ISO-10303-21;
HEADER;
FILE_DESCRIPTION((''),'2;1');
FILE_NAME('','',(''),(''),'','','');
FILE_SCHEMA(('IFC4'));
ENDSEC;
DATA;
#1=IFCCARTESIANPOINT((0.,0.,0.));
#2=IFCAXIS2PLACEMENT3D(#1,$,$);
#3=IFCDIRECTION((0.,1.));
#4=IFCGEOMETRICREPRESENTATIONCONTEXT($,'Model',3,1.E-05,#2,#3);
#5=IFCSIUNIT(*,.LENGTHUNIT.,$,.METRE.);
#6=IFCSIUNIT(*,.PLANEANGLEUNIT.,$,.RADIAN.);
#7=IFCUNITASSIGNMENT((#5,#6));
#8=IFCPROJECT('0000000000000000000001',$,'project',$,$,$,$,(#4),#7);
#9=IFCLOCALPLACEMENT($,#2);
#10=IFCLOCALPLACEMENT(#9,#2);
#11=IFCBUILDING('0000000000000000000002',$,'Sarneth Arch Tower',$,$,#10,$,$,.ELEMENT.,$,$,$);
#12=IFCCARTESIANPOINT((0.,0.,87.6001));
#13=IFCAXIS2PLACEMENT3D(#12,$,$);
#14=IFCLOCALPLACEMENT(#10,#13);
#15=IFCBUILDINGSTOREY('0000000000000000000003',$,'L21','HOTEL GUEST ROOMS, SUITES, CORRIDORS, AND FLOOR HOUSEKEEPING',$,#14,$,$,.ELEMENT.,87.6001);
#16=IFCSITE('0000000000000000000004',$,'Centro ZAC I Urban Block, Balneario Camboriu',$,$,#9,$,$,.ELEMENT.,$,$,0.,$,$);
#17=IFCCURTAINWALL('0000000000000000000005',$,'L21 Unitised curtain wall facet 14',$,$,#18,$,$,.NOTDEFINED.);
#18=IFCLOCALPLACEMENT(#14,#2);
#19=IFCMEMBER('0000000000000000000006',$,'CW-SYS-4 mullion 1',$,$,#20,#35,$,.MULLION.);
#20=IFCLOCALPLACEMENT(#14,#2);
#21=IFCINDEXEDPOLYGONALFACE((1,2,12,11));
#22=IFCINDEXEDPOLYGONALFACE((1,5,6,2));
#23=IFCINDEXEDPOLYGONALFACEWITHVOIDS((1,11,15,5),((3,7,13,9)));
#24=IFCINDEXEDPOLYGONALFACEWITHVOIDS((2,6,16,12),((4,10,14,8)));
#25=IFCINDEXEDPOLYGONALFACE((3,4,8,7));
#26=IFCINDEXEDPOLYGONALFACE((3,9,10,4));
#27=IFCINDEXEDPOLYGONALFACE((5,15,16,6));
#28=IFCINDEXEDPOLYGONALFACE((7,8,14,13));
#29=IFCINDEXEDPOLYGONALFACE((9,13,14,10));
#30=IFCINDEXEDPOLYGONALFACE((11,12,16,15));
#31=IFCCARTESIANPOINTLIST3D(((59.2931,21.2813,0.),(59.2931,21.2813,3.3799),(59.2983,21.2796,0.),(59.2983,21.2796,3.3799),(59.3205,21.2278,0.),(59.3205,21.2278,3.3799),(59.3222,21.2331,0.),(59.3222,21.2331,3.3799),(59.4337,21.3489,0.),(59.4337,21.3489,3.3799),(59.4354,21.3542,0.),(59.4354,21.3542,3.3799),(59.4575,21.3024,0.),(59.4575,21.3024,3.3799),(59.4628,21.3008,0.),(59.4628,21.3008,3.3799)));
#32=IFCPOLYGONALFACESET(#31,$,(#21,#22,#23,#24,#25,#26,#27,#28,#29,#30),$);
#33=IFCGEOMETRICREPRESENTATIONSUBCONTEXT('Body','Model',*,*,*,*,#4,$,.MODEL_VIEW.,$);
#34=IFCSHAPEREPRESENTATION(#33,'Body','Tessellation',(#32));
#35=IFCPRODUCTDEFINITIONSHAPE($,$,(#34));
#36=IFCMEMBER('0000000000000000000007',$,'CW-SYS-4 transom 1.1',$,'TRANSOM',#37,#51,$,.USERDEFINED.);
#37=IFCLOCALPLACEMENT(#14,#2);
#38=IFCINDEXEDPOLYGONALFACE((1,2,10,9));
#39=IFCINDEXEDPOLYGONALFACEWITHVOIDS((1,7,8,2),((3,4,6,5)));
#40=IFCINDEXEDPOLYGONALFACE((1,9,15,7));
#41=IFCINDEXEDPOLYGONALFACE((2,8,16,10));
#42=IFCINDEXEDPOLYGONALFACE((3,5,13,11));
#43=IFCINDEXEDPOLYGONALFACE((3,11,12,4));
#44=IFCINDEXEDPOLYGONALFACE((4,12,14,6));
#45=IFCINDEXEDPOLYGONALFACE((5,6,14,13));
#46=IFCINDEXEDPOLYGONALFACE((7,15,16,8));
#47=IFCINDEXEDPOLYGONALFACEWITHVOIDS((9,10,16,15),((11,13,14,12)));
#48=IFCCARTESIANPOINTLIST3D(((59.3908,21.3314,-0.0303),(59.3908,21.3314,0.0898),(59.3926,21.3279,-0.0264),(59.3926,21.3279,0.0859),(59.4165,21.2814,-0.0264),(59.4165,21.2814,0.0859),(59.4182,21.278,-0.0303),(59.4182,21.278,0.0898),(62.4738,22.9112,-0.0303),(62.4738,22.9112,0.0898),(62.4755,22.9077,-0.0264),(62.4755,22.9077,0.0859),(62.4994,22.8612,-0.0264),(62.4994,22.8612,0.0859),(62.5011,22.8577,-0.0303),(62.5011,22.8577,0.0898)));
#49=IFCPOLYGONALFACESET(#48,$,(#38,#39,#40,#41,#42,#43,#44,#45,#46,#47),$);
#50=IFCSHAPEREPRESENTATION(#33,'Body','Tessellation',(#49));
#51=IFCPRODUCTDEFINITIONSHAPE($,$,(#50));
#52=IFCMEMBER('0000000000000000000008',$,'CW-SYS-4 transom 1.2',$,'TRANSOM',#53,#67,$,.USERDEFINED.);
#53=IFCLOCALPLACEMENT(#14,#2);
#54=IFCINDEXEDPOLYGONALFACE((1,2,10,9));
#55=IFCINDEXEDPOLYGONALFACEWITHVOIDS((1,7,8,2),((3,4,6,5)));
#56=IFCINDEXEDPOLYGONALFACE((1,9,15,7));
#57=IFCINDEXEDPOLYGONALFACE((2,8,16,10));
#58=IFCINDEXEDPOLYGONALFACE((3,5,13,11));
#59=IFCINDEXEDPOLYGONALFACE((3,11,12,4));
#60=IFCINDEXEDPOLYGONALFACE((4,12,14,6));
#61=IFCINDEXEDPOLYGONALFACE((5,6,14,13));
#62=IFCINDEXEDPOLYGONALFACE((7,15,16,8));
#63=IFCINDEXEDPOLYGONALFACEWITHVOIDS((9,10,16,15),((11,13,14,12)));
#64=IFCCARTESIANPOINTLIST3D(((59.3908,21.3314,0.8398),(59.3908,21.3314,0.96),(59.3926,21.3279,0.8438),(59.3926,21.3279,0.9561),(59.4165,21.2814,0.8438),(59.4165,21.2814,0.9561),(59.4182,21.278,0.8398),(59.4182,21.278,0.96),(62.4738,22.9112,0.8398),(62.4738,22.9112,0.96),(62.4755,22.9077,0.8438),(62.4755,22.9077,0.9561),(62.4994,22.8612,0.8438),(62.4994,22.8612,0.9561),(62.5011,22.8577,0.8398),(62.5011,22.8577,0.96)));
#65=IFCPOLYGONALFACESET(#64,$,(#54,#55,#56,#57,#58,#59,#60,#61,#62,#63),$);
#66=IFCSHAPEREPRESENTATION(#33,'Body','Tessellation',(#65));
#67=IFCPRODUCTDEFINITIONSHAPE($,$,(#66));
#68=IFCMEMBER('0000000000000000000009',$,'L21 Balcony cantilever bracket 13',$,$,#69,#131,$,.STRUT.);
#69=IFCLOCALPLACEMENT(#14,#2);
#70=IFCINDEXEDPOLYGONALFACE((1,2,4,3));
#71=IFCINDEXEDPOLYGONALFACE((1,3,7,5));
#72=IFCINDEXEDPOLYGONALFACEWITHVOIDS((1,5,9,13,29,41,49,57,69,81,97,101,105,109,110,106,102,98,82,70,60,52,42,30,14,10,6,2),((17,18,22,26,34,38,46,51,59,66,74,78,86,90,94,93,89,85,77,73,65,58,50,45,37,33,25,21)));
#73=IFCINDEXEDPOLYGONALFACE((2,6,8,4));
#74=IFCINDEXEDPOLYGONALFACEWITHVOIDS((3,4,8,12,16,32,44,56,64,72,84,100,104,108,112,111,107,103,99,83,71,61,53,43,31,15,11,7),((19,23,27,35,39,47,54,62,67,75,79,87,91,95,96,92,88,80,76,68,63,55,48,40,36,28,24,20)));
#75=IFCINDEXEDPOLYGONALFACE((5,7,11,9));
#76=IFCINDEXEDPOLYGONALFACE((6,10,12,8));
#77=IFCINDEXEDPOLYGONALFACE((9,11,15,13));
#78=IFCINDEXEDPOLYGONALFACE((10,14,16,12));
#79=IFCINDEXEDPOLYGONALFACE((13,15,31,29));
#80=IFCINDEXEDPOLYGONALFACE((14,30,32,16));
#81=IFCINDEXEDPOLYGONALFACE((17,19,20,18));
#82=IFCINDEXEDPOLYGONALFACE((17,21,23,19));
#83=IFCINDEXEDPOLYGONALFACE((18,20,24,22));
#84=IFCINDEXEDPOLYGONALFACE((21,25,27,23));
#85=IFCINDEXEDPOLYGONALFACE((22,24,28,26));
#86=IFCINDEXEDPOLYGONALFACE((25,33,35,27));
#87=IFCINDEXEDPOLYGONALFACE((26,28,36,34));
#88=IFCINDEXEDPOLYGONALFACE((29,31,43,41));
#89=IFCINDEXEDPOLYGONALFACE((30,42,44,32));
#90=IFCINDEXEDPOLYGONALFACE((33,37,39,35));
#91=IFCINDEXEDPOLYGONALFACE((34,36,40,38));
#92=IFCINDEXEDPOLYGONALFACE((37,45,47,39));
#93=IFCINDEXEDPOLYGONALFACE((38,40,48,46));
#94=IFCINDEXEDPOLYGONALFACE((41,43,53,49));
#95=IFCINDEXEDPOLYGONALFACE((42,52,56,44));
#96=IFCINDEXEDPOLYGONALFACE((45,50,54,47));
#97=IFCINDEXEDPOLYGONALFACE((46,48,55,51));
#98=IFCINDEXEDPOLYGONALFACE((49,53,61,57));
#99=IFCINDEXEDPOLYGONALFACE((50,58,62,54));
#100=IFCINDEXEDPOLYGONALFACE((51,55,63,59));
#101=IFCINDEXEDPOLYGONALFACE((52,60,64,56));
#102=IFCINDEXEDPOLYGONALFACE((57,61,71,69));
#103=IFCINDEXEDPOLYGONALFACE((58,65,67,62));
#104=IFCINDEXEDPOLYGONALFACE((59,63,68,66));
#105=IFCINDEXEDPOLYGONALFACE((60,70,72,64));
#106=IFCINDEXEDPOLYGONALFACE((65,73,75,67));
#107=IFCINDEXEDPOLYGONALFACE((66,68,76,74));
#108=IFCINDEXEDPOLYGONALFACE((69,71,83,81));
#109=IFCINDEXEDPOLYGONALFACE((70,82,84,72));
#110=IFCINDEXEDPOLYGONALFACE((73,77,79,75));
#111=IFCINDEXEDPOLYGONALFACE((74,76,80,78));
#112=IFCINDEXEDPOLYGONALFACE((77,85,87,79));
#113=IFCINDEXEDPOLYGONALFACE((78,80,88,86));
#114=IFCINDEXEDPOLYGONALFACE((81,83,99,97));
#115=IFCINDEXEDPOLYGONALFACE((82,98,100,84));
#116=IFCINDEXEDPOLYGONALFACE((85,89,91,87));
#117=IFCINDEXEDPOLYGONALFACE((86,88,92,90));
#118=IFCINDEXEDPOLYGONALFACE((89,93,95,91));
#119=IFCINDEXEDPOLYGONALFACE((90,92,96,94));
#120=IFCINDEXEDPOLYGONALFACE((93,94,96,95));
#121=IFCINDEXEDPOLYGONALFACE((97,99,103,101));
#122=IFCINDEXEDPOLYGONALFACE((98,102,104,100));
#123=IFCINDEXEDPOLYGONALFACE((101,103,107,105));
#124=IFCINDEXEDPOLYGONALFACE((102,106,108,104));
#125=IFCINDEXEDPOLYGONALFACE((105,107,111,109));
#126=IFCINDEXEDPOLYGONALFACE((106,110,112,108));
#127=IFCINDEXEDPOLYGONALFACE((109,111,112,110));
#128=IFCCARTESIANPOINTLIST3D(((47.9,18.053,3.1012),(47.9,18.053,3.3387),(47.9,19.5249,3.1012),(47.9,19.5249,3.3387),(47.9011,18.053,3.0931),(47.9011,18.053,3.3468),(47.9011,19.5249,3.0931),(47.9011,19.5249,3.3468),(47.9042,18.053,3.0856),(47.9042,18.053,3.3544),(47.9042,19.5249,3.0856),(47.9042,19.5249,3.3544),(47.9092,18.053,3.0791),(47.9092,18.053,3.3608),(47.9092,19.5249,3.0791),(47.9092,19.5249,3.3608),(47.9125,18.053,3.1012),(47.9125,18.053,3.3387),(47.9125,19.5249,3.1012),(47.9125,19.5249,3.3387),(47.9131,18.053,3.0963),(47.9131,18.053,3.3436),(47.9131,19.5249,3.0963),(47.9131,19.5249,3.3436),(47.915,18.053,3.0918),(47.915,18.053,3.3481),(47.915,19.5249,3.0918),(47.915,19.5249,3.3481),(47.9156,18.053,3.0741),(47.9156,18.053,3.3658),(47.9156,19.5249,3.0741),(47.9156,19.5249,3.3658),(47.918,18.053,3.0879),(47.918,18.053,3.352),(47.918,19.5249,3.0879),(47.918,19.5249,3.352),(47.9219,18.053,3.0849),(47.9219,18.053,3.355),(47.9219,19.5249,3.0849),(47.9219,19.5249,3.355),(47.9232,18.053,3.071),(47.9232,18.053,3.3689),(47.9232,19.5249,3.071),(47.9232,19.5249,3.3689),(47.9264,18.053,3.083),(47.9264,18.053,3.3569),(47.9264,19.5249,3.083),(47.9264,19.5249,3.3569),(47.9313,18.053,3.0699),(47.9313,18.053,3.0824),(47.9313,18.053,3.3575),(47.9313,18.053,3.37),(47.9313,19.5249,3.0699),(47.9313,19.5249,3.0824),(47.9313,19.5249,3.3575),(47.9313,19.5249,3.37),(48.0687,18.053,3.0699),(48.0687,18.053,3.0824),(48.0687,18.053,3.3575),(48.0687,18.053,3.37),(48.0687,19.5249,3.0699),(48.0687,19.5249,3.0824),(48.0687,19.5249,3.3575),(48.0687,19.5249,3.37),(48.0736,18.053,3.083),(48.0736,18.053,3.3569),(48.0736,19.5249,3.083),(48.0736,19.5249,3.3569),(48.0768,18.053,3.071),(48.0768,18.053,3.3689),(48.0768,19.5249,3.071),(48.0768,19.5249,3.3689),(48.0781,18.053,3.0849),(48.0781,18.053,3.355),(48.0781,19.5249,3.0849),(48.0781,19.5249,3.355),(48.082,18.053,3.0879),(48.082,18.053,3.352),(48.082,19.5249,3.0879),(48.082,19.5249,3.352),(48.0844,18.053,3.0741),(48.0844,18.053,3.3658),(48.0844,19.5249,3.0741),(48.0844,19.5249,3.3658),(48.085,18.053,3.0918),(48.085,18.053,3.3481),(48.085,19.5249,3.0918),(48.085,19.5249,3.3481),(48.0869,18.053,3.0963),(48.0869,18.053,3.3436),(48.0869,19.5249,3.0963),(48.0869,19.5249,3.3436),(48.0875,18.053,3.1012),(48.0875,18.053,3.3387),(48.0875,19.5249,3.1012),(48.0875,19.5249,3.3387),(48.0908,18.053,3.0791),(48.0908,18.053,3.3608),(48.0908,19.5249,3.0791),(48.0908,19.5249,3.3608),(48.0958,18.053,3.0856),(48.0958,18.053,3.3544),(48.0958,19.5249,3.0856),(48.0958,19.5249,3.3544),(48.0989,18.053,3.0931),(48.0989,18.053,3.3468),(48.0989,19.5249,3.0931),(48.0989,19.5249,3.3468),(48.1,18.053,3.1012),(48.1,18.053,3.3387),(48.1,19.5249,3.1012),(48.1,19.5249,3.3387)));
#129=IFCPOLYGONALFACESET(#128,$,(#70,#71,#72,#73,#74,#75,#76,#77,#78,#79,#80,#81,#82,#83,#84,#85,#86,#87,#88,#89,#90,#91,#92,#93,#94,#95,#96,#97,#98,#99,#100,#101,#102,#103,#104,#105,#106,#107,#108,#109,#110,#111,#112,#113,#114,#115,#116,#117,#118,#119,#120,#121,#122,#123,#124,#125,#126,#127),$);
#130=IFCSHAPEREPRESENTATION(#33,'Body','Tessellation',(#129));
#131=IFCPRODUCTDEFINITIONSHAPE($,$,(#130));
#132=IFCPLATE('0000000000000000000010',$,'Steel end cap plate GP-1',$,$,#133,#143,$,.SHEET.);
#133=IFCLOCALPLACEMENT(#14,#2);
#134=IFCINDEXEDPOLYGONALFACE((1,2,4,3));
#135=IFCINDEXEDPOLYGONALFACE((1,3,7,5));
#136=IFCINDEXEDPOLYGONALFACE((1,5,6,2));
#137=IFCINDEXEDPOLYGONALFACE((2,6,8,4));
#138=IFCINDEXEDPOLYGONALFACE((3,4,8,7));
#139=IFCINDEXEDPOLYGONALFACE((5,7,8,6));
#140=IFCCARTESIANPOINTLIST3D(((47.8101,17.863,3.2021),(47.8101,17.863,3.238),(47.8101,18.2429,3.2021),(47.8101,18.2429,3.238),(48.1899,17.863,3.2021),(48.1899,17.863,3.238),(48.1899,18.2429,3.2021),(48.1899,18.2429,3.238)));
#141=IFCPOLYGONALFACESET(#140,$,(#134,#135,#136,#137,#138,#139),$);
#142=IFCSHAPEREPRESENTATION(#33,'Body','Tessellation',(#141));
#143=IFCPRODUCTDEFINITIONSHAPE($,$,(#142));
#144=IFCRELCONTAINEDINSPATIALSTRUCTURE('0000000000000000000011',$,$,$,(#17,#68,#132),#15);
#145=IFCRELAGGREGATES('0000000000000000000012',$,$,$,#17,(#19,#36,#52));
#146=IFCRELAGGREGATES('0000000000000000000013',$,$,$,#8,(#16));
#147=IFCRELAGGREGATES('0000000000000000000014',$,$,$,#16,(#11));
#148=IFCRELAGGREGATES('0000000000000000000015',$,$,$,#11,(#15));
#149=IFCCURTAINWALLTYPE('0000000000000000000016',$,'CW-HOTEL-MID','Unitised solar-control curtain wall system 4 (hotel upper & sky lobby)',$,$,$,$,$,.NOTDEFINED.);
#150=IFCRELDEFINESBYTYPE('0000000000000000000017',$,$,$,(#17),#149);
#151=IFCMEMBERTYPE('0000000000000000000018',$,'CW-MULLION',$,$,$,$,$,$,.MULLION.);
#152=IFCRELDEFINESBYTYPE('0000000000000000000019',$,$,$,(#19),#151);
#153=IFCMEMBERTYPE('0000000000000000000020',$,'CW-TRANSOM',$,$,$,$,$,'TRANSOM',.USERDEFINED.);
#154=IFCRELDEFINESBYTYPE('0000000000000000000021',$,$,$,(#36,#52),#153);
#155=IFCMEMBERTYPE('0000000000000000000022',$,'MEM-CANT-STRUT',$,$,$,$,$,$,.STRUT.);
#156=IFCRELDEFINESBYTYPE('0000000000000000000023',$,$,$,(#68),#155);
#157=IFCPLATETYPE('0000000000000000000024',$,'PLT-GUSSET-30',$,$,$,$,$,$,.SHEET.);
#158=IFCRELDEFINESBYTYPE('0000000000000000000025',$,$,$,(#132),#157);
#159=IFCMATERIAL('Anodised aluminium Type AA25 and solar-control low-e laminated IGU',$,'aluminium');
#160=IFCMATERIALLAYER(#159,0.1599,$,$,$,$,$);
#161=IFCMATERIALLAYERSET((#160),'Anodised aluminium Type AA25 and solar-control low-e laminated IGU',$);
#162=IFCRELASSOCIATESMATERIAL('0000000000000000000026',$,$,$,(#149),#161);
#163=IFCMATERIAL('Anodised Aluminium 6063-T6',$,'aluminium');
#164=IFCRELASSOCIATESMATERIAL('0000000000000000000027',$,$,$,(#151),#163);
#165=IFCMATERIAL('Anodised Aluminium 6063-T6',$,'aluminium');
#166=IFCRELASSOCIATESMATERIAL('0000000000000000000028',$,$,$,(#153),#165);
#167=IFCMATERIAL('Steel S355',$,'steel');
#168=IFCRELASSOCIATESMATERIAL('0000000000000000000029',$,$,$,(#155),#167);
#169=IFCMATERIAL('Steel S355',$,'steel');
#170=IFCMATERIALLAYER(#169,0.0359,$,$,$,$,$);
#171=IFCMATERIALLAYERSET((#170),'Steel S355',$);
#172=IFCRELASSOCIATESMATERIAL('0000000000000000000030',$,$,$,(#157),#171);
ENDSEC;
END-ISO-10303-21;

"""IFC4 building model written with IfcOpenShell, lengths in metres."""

from ifc_helpers import new_model, si_unit, direction, frame, origin, origin_2d, place, context, subcontext, project, spatial, rectangle, hollow_rectangle, extrude, material, layer, layer_set, material_profile, profile_set, type_object, element, aggregate, save


model = new_model("IFC4")

# Units and contexts
model_context = context("Model", 3, precision=1e-05, world=origin(), true_north=direction((0.0, 1.0)))
body_context = subcontext(model_context, "Body", "Model", "MODEL_VIEW")
ifc_project = project(units=[si_unit("LENGTHUNIT", "METRE"), si_unit("PLANEANGLEUNIT", "RADIAN")], contexts=[model_context])

# Site, building, storey
site_placement = place(None, origin())
site = spatial("IfcSite", under=ifc_project, at=site_placement, Name="Centro ZAC I Urban Block, Balneario Camboriu", CompositionType="ELEMENT", RefElevation=0.0)
building_placement = place(site_placement, origin())
building = spatial("IfcBuilding", under=site, at=building_placement, Name="Sarneth Arch Tower", CompositionType="ELEMENT")
storey_placement = place(building_placement, frame((0.0, 0.0, 87.6001)))
storey = spatial("IfcBuildingStorey", under=building, at=storey_placement, Name="L21", Description="HOTEL GUEST ROOMS, SUITES, CORRIDORS, AND FLOOR HOUSEKEEPING", CompositionType="ELEMENT", Elevation=87.6001)

# Curtain wall, members
ifc_material_1 = material(Name="Anodised aluminium Type AA25 and solar-control low-e laminated IGU", Category="aluminium")
ifc_layer_1 = layer(ifc_material_1, 0.1599)
ifc_layer_set_1 = layer_set([ifc_layer_1], Name="Anodised aluminium Type AA25 and solar-control low-e laminated IGU")
curtain_wall_type = type_object("IfcCurtainWallType", Name="CW-HOTEL-MID", Description="Unitised solar-control curtain wall system 4 (hotel upper & sky lobby)", PredefinedType="NOTDEFINED", material=ifc_layer_set_1)
curtain_wall_placement = place(storey_placement, origin())
curtain_wall = element("IfcCurtainWall", 1, at=curtain_wall_placement, inside=storey, type_object=curtain_wall_type, Name="L21 Unitised curtain wall facet 14", PredefinedType="NOTDEFINED")
ifc_material_2 = material(Name="Anodised Aluminium 6063-T6", Category="aluminium")
ifc_material_profile_1 = material_profile(ifc_material_2, hollow_rectangle(XDim=0.0601, YDim=0.1599, WallThickness=0.0039, at=origin_2d()), Name="AL-MULL-160x60x4")
ifc_profile_set_1 = profile_set([ifc_material_profile_1], Name="Anodised Aluminium 6063-T6")
member_type_1 = type_object("IfcMemberType", Name="CW-MULLION", PredefinedType="MULLION", material=ifc_profile_set_1)
member_1_placement = place(storey_placement, frame((59.3779, 21.291, 0.0), z_axis=(0.0, 0.0, 1.0), x_axis=(-0.456031, 0.889964, 0.0)))
member_1 = element("IfcMember", 2, at=member_1_placement, type_object=member_type_1, Name="CW-SYS-4 mullion 1", PredefinedType="MULLION", context=body_context, shape_type="SweptSolid", body=[
    extrude(hollow_rectangle(XDim=0.0601, YDim=0.1599, WallThickness=0.0039, at=origin_2d()), origin(), (0.0, 0.0, 1.0), 3.3799),
])
ifc_material_3 = material(Name="Anodised Aluminium 6063-T6", Category="aluminium")
ifc_material_profile_2 = material_profile(ifc_material_3, hollow_rectangle(XDim=0.0601, YDim=0.1201, WallThickness=0.0039, at=origin_2d()), Name="AL-TRAN-120x60x4")
ifc_profile_set_2 = profile_set([ifc_material_profile_2], Name="Anodised Aluminium 6063-T6")
member_type_2 = type_object("IfcMemberType", Name="CW-TRANSOM", ElementType="TRANSOM", PredefinedType="USERDEFINED", material=ifc_profile_set_2)
member_2_placement = place(storey_placement, frame((59.4045, 21.3047, 0.0298), z_axis=(0.889958, 0.456043, 0.0), x_axis=(-0.456043, 0.889958, 0.0)))
member_2 = element("IfcMember", 3, at=member_2_placement, type_object=member_type_2, Name="CW-SYS-4 transom 1.1", ObjectType="TRANSOM", PredefinedType="USERDEFINED", context=body_context, shape_type="SweptSolid", body=[
    extrude(hollow_rectangle(XDim=0.0601, YDim=0.1201, WallThickness=0.0039, at=origin_2d()), origin(), (0.0, 0.0, 1.0), 3.4641),
])
member_3_placement = place(storey_placement, frame((59.4045, 21.3047, 0.8999), z_axis=(0.889958, 0.456043, 0.0), x_axis=(-0.456043, 0.889958, 0.0)))
member_3 = element("IfcMember", 4, at=member_3_placement, type_object=member_type_2, Name="CW-SYS-4 transom 1.2", ObjectType="TRANSOM", PredefinedType="USERDEFINED", context=body_context, shape_type="SweptSolid", body=[
    extrude(hollow_rectangle(XDim=0.0601, YDim=0.1201, WallThickness=0.0039, at=origin_2d()), origin(), (0.0, 0.0, 1.0), 3.4641),
])
aggregate(curtain_wall, [member_1, member_2, member_3])

# Member
ifc_material_4 = material(Name="Steel S355", Category="steel")
ifc_material_profile_3 = material_profile(ifc_material_4, hollow_rectangle(XDim=0.2, YDim=0.3, WallThickness=0.0125, InnerFilletRadius=0.0188, OuterFilletRadius=0.0312, at=origin_2d()), Name="RHS300x200x12.5")
ifc_profile_set_3 = profile_set([ifc_material_profile_3], Name="Steel S355")
member_type_3 = type_object("IfcMemberType", Name="MEM-CANT-STRUT", PredefinedType="STRUT", material=ifc_profile_set_3)
member_4_placement = place(storey_placement, frame((48.0, 19.5249, 3.22), z_axis=(0.0, -1.0, 0.0), x_axis=(1.0, 0.0, 0.0)))
element("IfcMember", 5, at=member_4_placement, inside=storey, type_object=member_type_3, Name="L21 Balcony cantilever bracket 13", PredefinedType="STRUT", context=body_context, shape_type="SweptSolid", body=[
    extrude(hollow_rectangle(XDim=0.2, YDim=0.3, WallThickness=0.0125, InnerFilletRadius=0.0188, OuterFilletRadius=0.0312, at=origin_2d()), origin(), (0.0, 0.0, 1.0), 1.4719),
])

# Plate
ifc_material_5 = material(Name="Steel S355", Category="steel")
ifc_layer_2 = layer(ifc_material_5, 0.0359)
ifc_layer_set_2 = layer_set([ifc_layer_2], Name="Steel S355")
plate_type = type_object("IfcPlateType", Name="PLT-GUSSET-30", PredefinedType="SHEET", material=ifc_layer_set_2)
plate_placement = place(storey_placement, frame((48.0, 18.053, 3.2021), z_axis=(0.0, 0.0, 1.0), x_axis=(0.0, -1.0, 0.0)))
element("IfcPlate", 6, at=plate_placement, inside=storey, type_object=plate_type, Name="Steel end cap plate GP-1", PredefinedType="SHEET", context=body_context, shape_type="SweptSolid", body=[
    extrude(rectangle(XDim=0.3799, YDim=0.3799, at=origin_2d()), origin(), (0.0, 0.0, 1.0), 0.0359),
])

save(model, "model.ifc")
